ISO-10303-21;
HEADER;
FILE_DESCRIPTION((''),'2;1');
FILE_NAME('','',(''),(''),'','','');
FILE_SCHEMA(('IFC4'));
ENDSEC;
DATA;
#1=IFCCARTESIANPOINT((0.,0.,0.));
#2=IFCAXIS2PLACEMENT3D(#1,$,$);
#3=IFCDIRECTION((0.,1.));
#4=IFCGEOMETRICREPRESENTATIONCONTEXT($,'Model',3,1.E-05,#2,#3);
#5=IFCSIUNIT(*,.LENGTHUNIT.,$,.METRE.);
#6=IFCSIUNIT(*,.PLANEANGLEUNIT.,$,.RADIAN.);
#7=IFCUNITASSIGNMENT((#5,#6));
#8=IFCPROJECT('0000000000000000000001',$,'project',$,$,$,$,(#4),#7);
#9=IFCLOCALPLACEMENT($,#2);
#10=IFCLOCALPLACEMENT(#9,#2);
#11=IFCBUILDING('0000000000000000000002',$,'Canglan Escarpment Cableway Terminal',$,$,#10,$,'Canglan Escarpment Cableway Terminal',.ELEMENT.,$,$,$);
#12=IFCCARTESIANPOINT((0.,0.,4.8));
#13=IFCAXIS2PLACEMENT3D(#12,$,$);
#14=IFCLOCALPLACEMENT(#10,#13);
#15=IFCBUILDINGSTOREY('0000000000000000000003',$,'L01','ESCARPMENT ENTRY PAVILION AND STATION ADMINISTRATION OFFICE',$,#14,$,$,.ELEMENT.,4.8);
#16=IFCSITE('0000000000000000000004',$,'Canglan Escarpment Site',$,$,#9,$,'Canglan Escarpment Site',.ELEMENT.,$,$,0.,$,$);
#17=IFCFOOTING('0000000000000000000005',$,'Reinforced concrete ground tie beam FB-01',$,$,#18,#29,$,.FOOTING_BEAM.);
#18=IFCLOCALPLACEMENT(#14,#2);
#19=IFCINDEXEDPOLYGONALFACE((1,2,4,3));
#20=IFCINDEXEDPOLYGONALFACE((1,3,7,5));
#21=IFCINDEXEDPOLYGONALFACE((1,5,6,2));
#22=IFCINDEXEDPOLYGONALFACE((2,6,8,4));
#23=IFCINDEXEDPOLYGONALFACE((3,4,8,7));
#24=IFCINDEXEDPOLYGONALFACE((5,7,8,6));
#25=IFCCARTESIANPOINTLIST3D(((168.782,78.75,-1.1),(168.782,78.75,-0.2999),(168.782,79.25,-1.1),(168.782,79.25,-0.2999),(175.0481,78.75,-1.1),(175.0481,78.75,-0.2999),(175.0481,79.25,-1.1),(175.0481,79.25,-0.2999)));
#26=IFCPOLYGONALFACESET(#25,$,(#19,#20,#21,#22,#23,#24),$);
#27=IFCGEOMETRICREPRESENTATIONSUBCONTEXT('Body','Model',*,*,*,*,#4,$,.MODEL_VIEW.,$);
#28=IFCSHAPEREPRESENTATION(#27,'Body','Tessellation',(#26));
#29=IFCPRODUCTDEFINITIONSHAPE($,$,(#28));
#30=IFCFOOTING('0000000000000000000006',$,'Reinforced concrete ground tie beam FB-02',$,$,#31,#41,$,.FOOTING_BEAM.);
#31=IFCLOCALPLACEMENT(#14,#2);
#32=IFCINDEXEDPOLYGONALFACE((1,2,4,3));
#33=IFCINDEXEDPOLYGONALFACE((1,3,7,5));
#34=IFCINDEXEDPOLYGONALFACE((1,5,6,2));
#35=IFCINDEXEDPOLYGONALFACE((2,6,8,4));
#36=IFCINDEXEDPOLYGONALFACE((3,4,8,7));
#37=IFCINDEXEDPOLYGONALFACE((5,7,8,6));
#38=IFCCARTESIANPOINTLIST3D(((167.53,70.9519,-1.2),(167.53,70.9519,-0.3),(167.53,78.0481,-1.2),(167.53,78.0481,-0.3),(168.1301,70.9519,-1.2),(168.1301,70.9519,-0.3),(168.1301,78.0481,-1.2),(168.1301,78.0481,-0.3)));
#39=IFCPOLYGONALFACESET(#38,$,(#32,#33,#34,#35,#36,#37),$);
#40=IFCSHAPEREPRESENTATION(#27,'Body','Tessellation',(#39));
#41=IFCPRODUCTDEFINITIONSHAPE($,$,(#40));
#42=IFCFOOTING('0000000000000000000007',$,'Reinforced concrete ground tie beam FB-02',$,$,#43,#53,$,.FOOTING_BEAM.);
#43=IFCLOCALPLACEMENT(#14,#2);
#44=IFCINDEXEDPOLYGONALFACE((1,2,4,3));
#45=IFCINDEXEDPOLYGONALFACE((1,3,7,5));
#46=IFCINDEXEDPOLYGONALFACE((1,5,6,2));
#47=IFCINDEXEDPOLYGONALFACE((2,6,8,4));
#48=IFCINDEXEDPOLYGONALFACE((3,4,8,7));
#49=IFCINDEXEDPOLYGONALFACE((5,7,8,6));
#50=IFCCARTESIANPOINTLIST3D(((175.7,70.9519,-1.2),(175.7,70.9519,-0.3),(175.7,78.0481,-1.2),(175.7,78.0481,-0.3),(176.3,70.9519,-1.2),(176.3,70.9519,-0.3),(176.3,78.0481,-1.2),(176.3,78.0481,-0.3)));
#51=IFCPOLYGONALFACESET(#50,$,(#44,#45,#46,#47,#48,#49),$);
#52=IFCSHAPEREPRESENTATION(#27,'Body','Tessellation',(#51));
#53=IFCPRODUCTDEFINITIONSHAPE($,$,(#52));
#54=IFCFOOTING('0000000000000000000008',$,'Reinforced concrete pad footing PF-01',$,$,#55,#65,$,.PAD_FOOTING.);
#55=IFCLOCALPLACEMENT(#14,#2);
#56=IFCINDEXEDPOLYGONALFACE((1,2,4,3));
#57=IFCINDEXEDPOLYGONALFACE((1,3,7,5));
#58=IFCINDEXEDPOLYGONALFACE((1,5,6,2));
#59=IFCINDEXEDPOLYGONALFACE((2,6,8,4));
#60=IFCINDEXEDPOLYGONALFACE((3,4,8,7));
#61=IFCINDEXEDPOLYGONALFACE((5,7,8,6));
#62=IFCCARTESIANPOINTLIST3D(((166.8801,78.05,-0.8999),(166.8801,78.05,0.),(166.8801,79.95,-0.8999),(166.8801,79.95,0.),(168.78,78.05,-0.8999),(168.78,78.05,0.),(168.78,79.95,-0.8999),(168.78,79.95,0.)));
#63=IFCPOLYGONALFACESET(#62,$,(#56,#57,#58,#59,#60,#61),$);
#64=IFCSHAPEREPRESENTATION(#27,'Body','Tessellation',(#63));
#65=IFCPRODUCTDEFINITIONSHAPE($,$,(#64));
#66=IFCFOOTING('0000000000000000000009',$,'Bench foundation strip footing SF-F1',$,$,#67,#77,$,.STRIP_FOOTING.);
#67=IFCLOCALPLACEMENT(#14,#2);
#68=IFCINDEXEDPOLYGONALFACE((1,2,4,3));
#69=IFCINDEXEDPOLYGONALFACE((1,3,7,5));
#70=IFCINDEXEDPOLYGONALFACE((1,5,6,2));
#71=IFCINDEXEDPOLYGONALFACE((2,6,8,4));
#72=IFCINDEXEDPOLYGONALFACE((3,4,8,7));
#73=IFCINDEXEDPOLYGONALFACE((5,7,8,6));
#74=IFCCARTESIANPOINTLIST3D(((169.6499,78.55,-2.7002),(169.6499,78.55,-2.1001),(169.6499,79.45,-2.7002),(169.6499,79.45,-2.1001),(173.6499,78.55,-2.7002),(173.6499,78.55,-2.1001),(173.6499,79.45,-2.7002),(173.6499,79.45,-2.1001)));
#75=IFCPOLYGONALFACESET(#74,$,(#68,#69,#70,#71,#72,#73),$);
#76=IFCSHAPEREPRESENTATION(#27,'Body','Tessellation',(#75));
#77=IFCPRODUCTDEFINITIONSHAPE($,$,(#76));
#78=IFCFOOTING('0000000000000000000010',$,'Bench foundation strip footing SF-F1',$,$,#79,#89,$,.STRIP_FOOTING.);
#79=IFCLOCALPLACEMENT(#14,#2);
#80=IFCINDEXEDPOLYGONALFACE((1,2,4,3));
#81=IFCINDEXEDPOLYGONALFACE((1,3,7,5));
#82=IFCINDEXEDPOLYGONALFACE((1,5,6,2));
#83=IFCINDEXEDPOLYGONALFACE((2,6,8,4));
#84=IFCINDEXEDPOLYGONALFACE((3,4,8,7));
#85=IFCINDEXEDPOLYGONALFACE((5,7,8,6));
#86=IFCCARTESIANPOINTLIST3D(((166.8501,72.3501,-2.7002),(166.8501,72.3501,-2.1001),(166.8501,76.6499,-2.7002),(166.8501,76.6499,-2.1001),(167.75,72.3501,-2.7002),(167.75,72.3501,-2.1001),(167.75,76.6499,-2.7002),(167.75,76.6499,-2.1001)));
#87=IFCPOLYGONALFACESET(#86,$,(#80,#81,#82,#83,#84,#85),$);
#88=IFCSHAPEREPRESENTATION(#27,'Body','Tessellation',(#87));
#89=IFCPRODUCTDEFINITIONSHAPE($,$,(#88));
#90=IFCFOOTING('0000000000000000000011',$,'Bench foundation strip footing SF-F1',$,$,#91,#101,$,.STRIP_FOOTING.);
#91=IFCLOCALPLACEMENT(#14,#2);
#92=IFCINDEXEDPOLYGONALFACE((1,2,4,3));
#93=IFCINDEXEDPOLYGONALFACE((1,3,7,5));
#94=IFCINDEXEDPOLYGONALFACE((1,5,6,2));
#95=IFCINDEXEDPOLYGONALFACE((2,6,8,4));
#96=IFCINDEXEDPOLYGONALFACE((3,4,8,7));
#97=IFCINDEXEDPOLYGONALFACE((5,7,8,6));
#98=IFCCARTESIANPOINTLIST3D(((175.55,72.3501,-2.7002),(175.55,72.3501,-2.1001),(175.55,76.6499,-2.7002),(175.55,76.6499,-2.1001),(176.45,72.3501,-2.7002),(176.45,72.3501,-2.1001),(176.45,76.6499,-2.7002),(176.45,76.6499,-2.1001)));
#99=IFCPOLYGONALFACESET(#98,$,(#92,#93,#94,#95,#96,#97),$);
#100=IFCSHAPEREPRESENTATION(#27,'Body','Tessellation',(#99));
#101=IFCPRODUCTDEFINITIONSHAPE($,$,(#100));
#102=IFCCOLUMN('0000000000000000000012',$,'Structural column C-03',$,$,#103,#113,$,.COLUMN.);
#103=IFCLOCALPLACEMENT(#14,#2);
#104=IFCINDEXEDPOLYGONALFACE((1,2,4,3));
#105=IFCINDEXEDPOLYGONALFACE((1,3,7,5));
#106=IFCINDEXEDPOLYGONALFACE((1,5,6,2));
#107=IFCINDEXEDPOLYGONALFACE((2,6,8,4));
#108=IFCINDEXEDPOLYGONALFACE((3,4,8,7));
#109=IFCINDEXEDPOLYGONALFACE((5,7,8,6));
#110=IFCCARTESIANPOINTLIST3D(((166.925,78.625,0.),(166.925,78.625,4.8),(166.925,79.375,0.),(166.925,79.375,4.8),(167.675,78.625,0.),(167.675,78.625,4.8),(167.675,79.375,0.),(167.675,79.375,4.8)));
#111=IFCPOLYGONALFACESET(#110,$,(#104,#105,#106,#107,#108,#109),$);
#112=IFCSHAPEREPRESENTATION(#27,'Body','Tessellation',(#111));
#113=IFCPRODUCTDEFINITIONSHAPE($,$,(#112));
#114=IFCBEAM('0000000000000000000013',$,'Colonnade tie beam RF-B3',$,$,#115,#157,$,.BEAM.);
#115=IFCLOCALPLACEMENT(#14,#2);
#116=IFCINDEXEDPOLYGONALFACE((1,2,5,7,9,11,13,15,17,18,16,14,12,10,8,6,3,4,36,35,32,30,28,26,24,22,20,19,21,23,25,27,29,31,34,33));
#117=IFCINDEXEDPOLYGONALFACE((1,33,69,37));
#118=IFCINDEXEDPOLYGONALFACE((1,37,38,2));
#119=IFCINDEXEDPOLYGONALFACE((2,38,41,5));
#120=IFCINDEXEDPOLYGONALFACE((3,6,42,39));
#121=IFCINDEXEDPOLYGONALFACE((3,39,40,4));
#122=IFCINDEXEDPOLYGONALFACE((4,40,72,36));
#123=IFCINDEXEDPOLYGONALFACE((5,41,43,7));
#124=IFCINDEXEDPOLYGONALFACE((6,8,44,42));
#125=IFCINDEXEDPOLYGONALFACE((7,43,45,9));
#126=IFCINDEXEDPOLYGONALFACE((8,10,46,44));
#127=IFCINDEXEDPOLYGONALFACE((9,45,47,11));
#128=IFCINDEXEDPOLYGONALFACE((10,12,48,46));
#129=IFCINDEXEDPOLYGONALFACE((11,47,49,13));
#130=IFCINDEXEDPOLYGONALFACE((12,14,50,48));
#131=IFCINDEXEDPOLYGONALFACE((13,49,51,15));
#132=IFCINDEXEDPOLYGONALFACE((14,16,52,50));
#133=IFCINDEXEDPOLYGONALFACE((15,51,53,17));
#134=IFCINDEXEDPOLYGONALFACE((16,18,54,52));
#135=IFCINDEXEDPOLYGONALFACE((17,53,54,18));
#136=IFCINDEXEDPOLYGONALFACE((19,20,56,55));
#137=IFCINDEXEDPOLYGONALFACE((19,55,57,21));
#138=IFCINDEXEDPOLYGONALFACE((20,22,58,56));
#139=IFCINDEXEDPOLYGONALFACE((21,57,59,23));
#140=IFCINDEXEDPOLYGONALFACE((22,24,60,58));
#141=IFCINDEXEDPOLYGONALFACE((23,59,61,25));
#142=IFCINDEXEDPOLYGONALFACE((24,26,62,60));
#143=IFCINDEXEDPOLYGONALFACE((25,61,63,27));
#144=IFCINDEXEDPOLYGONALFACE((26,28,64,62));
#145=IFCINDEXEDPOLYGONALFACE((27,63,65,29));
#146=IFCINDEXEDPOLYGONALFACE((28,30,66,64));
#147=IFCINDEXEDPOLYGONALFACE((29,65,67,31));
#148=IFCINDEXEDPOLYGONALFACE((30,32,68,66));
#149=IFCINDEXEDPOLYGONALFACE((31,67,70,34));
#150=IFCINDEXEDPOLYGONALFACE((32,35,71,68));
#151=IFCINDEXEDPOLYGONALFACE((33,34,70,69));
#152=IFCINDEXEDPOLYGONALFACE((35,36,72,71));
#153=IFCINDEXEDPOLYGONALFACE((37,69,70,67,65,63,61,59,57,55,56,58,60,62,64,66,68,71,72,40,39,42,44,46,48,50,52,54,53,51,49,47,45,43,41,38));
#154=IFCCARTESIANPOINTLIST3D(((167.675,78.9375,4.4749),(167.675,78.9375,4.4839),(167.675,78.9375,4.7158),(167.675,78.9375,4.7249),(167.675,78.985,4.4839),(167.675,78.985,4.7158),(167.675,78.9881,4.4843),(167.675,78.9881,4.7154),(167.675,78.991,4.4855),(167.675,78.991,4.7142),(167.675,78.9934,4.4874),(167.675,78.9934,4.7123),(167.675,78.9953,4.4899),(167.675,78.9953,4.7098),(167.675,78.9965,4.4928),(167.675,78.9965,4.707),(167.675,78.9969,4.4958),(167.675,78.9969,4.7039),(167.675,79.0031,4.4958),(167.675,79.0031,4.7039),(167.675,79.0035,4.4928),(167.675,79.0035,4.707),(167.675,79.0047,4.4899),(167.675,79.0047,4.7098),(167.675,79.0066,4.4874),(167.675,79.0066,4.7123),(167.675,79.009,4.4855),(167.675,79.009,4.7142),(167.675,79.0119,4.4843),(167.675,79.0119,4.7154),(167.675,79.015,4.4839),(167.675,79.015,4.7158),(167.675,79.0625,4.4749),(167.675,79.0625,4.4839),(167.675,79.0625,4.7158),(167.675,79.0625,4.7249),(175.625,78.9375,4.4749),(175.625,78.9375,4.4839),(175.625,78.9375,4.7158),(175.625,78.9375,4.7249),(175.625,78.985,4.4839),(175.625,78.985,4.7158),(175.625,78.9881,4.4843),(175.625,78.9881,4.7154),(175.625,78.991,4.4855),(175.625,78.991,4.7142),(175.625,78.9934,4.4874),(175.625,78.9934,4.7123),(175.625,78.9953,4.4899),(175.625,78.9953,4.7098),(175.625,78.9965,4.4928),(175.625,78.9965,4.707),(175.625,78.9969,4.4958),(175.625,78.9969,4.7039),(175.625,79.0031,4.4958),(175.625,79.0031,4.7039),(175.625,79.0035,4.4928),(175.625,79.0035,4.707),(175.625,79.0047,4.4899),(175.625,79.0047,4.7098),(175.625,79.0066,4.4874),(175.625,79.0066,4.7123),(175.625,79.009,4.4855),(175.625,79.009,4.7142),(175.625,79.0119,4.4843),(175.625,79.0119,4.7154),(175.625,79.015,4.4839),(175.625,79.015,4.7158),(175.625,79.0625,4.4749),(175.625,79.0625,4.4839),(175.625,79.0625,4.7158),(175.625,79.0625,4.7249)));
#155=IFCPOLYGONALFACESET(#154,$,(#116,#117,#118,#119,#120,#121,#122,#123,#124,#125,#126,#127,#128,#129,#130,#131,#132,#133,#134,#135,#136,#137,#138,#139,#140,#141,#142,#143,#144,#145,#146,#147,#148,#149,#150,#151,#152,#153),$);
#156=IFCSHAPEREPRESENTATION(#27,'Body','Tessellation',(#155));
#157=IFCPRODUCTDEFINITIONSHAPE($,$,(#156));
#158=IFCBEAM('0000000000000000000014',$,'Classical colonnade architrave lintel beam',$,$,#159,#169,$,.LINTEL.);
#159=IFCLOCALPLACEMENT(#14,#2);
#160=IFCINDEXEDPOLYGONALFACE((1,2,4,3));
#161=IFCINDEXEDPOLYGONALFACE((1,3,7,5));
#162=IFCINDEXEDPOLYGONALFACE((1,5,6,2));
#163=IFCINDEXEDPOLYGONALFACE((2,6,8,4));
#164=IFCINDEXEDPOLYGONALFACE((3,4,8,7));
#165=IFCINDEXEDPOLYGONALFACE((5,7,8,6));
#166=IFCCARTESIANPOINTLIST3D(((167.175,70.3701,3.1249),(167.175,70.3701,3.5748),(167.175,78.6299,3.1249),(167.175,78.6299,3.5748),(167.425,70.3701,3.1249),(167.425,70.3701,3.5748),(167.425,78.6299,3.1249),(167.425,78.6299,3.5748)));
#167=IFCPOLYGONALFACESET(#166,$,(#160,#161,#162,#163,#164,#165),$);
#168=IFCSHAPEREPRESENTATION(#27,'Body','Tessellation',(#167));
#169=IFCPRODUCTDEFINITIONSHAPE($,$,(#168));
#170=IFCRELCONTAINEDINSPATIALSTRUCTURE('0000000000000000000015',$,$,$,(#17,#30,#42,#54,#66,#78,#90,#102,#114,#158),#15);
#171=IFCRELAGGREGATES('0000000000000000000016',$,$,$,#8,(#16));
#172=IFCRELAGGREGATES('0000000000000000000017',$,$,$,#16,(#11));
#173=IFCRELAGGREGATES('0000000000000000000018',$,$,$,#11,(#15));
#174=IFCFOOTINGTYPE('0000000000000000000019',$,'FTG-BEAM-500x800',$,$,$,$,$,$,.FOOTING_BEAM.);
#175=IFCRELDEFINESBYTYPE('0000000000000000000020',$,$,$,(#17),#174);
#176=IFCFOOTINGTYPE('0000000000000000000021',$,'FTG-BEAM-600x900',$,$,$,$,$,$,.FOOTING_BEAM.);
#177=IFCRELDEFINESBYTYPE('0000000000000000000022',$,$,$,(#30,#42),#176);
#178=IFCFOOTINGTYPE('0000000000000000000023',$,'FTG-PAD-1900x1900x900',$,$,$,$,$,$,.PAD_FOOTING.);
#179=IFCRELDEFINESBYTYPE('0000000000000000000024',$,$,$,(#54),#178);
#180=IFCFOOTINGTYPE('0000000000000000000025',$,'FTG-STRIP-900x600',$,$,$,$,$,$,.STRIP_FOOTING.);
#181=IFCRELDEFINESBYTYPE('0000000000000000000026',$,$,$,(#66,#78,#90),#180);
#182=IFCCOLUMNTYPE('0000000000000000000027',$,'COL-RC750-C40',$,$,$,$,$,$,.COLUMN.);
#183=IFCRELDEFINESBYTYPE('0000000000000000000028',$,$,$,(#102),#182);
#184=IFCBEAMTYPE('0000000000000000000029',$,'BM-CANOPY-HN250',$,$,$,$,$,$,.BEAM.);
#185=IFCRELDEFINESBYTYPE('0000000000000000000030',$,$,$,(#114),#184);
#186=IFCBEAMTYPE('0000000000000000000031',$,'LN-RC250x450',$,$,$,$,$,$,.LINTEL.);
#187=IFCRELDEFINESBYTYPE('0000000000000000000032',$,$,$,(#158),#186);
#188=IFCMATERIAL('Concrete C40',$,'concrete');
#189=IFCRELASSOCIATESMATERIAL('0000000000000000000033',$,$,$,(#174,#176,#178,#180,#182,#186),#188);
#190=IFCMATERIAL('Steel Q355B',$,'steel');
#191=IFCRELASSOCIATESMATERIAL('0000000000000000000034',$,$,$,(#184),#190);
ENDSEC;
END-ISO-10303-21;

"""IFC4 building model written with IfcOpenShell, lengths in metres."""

from ifc_helpers import new_model, si_unit, direction, frame, origin, origin_2d, place, context, subcontext, project, spatial, rectangle, i_section, extrude, material, material_profile, profile_set, type_object, element, save


model = new_model("IFC4")

# Units and contexts
model_context = context("Model", 3, precision=1e-05, world=origin(), true_north=direction((0.0, 1.0)))
body_context = subcontext(model_context, "Body", "Model", "MODEL_VIEW")
ifc_project = project(units=[si_unit("LENGTHUNIT", "METRE"), si_unit("PLANEANGLEUNIT", "RADIAN")], contexts=[model_context])

# Site, building, storey
site_placement = place(None, origin())
site = spatial("IfcSite", under=ifc_project, at=site_placement, Name="Canglan Escarpment Site", LongName="Canglan Escarpment Site", CompositionType="ELEMENT", RefElevation=0.0)
building_placement = place(site_placement, origin())
building = spatial("IfcBuilding", under=site, at=building_placement, Name="Canglan Escarpment Cableway Terminal", LongName="Canglan Escarpment Cableway Terminal", CompositionType="ELEMENT")
storey_placement = place(building_placement, frame((0.0, 0.0, 4.8)))
storey = spatial("IfcBuildingStorey", under=building, at=storey_placement, Name="L01", Description="ESCARPMENT ENTRY PAVILION AND STATION ADMINISTRATION OFFICE", CompositionType="ELEMENT", Elevation=4.8)

# Footings
ifc_material_1 = material(Name="Concrete C40", Category="concrete")
ifc_material_profile_1 = material_profile(ifc_material_1, rectangle(XDim=0.5, YDim=0.8, at=origin_2d()), Name="FB 500x800")
ifc_profile_set_1 = profile_set([ifc_material_profile_1], Name="Concrete C40")
footing_type_1 = type_object("IfcFootingType", Name="FTG-BEAM-500x800", PredefinedType="FOOTING_BEAM", material=ifc_profile_set_1)
footing_1_placement = place(storey_placement, frame((168.782, 79.0, -0.7), z_axis=(1.0, 0.0, 0.0), x_axis=(0.0, 1.0, 0.0)))
element("IfcFooting", 1, at=footing_1_placement, inside=storey, type_object=footing_type_1, Name="Reinforced concrete ground tie beam FB-01", PredefinedType="FOOTING_BEAM", context=body_context, shape_type="SweptSolid", body=[
    extrude(rectangle(XDim=0.5, YDim=0.8, at=origin_2d()), origin(), (0.0, 0.0, 1.0), 6.2661),
])
ifc_material_profile_2 = material_profile(ifc_material_1, rectangle(XDim=0.6001, YDim=0.8999, at=origin_2d()), Name="FB 600x900")
ifc_profile_set_2 = profile_set([ifc_material_profile_2], Name="Concrete C40")
footing_type_2 = type_object("IfcFootingType", Name="FTG-BEAM-600x900", PredefinedType="FOOTING_BEAM", material=ifc_profile_set_2)
for number, where, z_axis, x_axis, name in (
    (2, (167.8301, 70.9519, -0.75), (0.0, 1.0, 0.0), (-1.0, 0.0, 0.0), "Reinforced concrete ground tie beam FB-02"),
    (3, (176.0, 70.9519, -0.75), (0.0, 1.0, 0.0), (-1.0, 0.0, 0.0), "Reinforced concrete ground tie beam FB-02"),
):
    element("IfcFooting", number, at=place(storey_placement, frame(where, z_axis=z_axis, x_axis=x_axis)), inside=storey, type_object=footing_type_2, Name=name, PredefinedType="FOOTING_BEAM", context=body_context, shape_type="SweptSolid", body=[
        extrude(rectangle(XDim=0.6001, YDim=0.8999, at=origin_2d()), origin(), (0.0, 0.0, 1.0), 7.0962),
    ])
footing_type_3 = type_object("IfcFootingType", Name="FTG-PAD-1900x1900x900", PredefinedType="PAD_FOOTING", material=ifc_material_1)
footing_2_placement = place(storey_placement, frame((167.8301, 79.0, -0.8999), z_axis=(0.0, 0.0, 1.0), x_axis=(1.0, 0.0, 0.0)))
element("IfcFooting", 4, at=footing_2_placement, inside=storey, type_object=footing_type_3, Name="Reinforced concrete pad footing PF-01", PredefinedType="PAD_FOOTING", context=body_context, shape_type="SweptSolid", body=[
    extrude(rectangle(XDim=1.8999, YDim=1.8999, at=origin_2d()), origin(), (0.0, 0.0, 1.0), 0.8999),
])
ifc_material_profile_3 = material_profile(ifc_material_1, rectangle(XDim=0.8999, YDim=0.6001, at=origin_2d()), Name="SF 900x600")
ifc_profile_set_3 = profile_set([ifc_material_profile_3], Name="Concrete C40")
footing_type_4 = type_object("IfcFootingType", Name="FTG-STRIP-900x600", PredefinedType="STRIP_FOOTING", material=ifc_profile_set_3)
footing_3_placement = place(storey_placement, frame((169.6499, 79.0, -2.4001), z_axis=(1.0, 0.0, 0.0), x_axis=(0.0, 1.0, 0.0)))
element("IfcFooting", 5, at=footing_3_placement, inside=storey, type_object=footing_type_4, Name="Bench foundation strip footing SF-F1", PredefinedType="STRIP_FOOTING", context=body_context, shape_type="SweptSolid", body=[
    extrude(rectangle(XDim=0.8999, YDim=0.6001, at=origin_2d()), origin(), (0.0, 0.0, 1.0), 4.0),
])
for number, where, z_axis, x_axis, name in (
    (6, (167.3, 72.3501, -2.4001), (0.0, 1.0, 0.0), (-1.0, 0.0, 0.0), "Bench foundation strip footing SF-F1"),
    (7, (176.0, 72.3501, -2.4001), (0.0, 1.0, 0.0), (-1.0, 0.0, 0.0), "Bench foundation strip footing SF-F1"),
):
    element("IfcFooting", number, at=place(storey_placement, frame(where, z_axis=z_axis, x_axis=x_axis)), inside=storey, type_object=footing_type_4, Name=name, PredefinedType="STRIP_FOOTING", context=body_context, shape_type="SweptSolid", body=[
        extrude(rectangle(XDim=0.8999, YDim=0.6001, at=origin_2d()), origin(), (0.0, 0.0, 1.0), 4.2998),
    ])

# Column
ifc_material_profile_4 = material_profile(ifc_material_1, rectangle(XDim=0.75, YDim=0.75, at=origin_2d()), Name="RC 750x750")
ifc_profile_set_4 = profile_set([ifc_material_profile_4], Name="Concrete C40")
column_type = type_object("IfcColumnType", Name="COL-RC750-C40", PredefinedType="COLUMN", material=ifc_profile_set_4)
column_placement = place(storey_placement, frame((167.3, 79.0, 0.0), z_axis=(0.0, 0.0, 1.0), x_axis=(1.0, 0.0, 0.0)))
element("IfcColumn", 8, at=column_placement, inside=storey, type_object=column_type, Name="Structural column C-03", PredefinedType="COLUMN", context=body_context, shape_type="SweptSolid", body=[
    extrude(rectangle(XDim=0.75, YDim=0.75, at=origin_2d()), origin(), (0.0, 0.0, 1.0), 4.8),
])

# Beams
ifc_material_2 = material(Name="Steel Q355B", Category="steel")
ifc_material_profile_5 = material_profile(ifc_material_2, i_section(OverallWidth=0.125, OverallDepth=0.25, WebThickness=0.0061, FlangeThickness=0.009, FilletRadius=0.012, at=origin_2d()), Name="HN 250x125x6x9")
ifc_profile_set_5 = profile_set([ifc_material_profile_5], Name="Steel Q355B")
beam_type_1 = type_object("IfcBeamType", Name="BM-CANOPY-HN250", PredefinedType="BEAM", material=ifc_profile_set_5)
beam_1_placement = place(storey_placement, frame((167.675, 79.0, 4.5999), z_axis=(1.0, 0.0, 0.0), x_axis=(0.0, 1.0, 0.0)))
element("IfcBeam", 9, at=beam_1_placement, inside=storey, type_object=beam_type_1, Name="Colonnade tie beam RF-B3", PredefinedType="BEAM", context=body_context, shape_type="SweptSolid", body=[
    extrude(i_section(OverallWidth=0.125, OverallDepth=0.25, WebThickness=0.0061, FlangeThickness=0.009, FilletRadius=0.012, at=origin_2d()), origin(), (0.0, 0.0, 1.0), 7.95),
])
ifc_material_profile_6 = material_profile(ifc_material_1, rectangle(XDim=0.25, YDim=0.45, at=origin_2d()), Name="RC 250x450")
ifc_profile_set_6 = profile_set([ifc_material_profile_6], Name="Concrete C40")
beam_type_2 = type_object("IfcBeamType", Name="LN-RC250x450", PredefinedType="LINTEL", material=ifc_profile_set_6)
beam_2_placement = place(storey_placement, frame((167.3, 70.3701, 3.3499), z_axis=(0.0, 1.0, 0.0), x_axis=(-1.0, 0.0, 0.0)))
element("IfcBeam", 10, at=beam_2_placement, inside=storey, type_object=beam_type_2, Name="Classical colonnade architrave lintel beam", PredefinedType="LINTEL", context=body_context, shape_type="SweptSolid", body=[
    extrude(rectangle(XDim=0.25, YDim=0.45, at=origin_2d()), origin(), (0.0, 0.0, 1.0), 8.2598),
])

save(model, "model.ifc")
